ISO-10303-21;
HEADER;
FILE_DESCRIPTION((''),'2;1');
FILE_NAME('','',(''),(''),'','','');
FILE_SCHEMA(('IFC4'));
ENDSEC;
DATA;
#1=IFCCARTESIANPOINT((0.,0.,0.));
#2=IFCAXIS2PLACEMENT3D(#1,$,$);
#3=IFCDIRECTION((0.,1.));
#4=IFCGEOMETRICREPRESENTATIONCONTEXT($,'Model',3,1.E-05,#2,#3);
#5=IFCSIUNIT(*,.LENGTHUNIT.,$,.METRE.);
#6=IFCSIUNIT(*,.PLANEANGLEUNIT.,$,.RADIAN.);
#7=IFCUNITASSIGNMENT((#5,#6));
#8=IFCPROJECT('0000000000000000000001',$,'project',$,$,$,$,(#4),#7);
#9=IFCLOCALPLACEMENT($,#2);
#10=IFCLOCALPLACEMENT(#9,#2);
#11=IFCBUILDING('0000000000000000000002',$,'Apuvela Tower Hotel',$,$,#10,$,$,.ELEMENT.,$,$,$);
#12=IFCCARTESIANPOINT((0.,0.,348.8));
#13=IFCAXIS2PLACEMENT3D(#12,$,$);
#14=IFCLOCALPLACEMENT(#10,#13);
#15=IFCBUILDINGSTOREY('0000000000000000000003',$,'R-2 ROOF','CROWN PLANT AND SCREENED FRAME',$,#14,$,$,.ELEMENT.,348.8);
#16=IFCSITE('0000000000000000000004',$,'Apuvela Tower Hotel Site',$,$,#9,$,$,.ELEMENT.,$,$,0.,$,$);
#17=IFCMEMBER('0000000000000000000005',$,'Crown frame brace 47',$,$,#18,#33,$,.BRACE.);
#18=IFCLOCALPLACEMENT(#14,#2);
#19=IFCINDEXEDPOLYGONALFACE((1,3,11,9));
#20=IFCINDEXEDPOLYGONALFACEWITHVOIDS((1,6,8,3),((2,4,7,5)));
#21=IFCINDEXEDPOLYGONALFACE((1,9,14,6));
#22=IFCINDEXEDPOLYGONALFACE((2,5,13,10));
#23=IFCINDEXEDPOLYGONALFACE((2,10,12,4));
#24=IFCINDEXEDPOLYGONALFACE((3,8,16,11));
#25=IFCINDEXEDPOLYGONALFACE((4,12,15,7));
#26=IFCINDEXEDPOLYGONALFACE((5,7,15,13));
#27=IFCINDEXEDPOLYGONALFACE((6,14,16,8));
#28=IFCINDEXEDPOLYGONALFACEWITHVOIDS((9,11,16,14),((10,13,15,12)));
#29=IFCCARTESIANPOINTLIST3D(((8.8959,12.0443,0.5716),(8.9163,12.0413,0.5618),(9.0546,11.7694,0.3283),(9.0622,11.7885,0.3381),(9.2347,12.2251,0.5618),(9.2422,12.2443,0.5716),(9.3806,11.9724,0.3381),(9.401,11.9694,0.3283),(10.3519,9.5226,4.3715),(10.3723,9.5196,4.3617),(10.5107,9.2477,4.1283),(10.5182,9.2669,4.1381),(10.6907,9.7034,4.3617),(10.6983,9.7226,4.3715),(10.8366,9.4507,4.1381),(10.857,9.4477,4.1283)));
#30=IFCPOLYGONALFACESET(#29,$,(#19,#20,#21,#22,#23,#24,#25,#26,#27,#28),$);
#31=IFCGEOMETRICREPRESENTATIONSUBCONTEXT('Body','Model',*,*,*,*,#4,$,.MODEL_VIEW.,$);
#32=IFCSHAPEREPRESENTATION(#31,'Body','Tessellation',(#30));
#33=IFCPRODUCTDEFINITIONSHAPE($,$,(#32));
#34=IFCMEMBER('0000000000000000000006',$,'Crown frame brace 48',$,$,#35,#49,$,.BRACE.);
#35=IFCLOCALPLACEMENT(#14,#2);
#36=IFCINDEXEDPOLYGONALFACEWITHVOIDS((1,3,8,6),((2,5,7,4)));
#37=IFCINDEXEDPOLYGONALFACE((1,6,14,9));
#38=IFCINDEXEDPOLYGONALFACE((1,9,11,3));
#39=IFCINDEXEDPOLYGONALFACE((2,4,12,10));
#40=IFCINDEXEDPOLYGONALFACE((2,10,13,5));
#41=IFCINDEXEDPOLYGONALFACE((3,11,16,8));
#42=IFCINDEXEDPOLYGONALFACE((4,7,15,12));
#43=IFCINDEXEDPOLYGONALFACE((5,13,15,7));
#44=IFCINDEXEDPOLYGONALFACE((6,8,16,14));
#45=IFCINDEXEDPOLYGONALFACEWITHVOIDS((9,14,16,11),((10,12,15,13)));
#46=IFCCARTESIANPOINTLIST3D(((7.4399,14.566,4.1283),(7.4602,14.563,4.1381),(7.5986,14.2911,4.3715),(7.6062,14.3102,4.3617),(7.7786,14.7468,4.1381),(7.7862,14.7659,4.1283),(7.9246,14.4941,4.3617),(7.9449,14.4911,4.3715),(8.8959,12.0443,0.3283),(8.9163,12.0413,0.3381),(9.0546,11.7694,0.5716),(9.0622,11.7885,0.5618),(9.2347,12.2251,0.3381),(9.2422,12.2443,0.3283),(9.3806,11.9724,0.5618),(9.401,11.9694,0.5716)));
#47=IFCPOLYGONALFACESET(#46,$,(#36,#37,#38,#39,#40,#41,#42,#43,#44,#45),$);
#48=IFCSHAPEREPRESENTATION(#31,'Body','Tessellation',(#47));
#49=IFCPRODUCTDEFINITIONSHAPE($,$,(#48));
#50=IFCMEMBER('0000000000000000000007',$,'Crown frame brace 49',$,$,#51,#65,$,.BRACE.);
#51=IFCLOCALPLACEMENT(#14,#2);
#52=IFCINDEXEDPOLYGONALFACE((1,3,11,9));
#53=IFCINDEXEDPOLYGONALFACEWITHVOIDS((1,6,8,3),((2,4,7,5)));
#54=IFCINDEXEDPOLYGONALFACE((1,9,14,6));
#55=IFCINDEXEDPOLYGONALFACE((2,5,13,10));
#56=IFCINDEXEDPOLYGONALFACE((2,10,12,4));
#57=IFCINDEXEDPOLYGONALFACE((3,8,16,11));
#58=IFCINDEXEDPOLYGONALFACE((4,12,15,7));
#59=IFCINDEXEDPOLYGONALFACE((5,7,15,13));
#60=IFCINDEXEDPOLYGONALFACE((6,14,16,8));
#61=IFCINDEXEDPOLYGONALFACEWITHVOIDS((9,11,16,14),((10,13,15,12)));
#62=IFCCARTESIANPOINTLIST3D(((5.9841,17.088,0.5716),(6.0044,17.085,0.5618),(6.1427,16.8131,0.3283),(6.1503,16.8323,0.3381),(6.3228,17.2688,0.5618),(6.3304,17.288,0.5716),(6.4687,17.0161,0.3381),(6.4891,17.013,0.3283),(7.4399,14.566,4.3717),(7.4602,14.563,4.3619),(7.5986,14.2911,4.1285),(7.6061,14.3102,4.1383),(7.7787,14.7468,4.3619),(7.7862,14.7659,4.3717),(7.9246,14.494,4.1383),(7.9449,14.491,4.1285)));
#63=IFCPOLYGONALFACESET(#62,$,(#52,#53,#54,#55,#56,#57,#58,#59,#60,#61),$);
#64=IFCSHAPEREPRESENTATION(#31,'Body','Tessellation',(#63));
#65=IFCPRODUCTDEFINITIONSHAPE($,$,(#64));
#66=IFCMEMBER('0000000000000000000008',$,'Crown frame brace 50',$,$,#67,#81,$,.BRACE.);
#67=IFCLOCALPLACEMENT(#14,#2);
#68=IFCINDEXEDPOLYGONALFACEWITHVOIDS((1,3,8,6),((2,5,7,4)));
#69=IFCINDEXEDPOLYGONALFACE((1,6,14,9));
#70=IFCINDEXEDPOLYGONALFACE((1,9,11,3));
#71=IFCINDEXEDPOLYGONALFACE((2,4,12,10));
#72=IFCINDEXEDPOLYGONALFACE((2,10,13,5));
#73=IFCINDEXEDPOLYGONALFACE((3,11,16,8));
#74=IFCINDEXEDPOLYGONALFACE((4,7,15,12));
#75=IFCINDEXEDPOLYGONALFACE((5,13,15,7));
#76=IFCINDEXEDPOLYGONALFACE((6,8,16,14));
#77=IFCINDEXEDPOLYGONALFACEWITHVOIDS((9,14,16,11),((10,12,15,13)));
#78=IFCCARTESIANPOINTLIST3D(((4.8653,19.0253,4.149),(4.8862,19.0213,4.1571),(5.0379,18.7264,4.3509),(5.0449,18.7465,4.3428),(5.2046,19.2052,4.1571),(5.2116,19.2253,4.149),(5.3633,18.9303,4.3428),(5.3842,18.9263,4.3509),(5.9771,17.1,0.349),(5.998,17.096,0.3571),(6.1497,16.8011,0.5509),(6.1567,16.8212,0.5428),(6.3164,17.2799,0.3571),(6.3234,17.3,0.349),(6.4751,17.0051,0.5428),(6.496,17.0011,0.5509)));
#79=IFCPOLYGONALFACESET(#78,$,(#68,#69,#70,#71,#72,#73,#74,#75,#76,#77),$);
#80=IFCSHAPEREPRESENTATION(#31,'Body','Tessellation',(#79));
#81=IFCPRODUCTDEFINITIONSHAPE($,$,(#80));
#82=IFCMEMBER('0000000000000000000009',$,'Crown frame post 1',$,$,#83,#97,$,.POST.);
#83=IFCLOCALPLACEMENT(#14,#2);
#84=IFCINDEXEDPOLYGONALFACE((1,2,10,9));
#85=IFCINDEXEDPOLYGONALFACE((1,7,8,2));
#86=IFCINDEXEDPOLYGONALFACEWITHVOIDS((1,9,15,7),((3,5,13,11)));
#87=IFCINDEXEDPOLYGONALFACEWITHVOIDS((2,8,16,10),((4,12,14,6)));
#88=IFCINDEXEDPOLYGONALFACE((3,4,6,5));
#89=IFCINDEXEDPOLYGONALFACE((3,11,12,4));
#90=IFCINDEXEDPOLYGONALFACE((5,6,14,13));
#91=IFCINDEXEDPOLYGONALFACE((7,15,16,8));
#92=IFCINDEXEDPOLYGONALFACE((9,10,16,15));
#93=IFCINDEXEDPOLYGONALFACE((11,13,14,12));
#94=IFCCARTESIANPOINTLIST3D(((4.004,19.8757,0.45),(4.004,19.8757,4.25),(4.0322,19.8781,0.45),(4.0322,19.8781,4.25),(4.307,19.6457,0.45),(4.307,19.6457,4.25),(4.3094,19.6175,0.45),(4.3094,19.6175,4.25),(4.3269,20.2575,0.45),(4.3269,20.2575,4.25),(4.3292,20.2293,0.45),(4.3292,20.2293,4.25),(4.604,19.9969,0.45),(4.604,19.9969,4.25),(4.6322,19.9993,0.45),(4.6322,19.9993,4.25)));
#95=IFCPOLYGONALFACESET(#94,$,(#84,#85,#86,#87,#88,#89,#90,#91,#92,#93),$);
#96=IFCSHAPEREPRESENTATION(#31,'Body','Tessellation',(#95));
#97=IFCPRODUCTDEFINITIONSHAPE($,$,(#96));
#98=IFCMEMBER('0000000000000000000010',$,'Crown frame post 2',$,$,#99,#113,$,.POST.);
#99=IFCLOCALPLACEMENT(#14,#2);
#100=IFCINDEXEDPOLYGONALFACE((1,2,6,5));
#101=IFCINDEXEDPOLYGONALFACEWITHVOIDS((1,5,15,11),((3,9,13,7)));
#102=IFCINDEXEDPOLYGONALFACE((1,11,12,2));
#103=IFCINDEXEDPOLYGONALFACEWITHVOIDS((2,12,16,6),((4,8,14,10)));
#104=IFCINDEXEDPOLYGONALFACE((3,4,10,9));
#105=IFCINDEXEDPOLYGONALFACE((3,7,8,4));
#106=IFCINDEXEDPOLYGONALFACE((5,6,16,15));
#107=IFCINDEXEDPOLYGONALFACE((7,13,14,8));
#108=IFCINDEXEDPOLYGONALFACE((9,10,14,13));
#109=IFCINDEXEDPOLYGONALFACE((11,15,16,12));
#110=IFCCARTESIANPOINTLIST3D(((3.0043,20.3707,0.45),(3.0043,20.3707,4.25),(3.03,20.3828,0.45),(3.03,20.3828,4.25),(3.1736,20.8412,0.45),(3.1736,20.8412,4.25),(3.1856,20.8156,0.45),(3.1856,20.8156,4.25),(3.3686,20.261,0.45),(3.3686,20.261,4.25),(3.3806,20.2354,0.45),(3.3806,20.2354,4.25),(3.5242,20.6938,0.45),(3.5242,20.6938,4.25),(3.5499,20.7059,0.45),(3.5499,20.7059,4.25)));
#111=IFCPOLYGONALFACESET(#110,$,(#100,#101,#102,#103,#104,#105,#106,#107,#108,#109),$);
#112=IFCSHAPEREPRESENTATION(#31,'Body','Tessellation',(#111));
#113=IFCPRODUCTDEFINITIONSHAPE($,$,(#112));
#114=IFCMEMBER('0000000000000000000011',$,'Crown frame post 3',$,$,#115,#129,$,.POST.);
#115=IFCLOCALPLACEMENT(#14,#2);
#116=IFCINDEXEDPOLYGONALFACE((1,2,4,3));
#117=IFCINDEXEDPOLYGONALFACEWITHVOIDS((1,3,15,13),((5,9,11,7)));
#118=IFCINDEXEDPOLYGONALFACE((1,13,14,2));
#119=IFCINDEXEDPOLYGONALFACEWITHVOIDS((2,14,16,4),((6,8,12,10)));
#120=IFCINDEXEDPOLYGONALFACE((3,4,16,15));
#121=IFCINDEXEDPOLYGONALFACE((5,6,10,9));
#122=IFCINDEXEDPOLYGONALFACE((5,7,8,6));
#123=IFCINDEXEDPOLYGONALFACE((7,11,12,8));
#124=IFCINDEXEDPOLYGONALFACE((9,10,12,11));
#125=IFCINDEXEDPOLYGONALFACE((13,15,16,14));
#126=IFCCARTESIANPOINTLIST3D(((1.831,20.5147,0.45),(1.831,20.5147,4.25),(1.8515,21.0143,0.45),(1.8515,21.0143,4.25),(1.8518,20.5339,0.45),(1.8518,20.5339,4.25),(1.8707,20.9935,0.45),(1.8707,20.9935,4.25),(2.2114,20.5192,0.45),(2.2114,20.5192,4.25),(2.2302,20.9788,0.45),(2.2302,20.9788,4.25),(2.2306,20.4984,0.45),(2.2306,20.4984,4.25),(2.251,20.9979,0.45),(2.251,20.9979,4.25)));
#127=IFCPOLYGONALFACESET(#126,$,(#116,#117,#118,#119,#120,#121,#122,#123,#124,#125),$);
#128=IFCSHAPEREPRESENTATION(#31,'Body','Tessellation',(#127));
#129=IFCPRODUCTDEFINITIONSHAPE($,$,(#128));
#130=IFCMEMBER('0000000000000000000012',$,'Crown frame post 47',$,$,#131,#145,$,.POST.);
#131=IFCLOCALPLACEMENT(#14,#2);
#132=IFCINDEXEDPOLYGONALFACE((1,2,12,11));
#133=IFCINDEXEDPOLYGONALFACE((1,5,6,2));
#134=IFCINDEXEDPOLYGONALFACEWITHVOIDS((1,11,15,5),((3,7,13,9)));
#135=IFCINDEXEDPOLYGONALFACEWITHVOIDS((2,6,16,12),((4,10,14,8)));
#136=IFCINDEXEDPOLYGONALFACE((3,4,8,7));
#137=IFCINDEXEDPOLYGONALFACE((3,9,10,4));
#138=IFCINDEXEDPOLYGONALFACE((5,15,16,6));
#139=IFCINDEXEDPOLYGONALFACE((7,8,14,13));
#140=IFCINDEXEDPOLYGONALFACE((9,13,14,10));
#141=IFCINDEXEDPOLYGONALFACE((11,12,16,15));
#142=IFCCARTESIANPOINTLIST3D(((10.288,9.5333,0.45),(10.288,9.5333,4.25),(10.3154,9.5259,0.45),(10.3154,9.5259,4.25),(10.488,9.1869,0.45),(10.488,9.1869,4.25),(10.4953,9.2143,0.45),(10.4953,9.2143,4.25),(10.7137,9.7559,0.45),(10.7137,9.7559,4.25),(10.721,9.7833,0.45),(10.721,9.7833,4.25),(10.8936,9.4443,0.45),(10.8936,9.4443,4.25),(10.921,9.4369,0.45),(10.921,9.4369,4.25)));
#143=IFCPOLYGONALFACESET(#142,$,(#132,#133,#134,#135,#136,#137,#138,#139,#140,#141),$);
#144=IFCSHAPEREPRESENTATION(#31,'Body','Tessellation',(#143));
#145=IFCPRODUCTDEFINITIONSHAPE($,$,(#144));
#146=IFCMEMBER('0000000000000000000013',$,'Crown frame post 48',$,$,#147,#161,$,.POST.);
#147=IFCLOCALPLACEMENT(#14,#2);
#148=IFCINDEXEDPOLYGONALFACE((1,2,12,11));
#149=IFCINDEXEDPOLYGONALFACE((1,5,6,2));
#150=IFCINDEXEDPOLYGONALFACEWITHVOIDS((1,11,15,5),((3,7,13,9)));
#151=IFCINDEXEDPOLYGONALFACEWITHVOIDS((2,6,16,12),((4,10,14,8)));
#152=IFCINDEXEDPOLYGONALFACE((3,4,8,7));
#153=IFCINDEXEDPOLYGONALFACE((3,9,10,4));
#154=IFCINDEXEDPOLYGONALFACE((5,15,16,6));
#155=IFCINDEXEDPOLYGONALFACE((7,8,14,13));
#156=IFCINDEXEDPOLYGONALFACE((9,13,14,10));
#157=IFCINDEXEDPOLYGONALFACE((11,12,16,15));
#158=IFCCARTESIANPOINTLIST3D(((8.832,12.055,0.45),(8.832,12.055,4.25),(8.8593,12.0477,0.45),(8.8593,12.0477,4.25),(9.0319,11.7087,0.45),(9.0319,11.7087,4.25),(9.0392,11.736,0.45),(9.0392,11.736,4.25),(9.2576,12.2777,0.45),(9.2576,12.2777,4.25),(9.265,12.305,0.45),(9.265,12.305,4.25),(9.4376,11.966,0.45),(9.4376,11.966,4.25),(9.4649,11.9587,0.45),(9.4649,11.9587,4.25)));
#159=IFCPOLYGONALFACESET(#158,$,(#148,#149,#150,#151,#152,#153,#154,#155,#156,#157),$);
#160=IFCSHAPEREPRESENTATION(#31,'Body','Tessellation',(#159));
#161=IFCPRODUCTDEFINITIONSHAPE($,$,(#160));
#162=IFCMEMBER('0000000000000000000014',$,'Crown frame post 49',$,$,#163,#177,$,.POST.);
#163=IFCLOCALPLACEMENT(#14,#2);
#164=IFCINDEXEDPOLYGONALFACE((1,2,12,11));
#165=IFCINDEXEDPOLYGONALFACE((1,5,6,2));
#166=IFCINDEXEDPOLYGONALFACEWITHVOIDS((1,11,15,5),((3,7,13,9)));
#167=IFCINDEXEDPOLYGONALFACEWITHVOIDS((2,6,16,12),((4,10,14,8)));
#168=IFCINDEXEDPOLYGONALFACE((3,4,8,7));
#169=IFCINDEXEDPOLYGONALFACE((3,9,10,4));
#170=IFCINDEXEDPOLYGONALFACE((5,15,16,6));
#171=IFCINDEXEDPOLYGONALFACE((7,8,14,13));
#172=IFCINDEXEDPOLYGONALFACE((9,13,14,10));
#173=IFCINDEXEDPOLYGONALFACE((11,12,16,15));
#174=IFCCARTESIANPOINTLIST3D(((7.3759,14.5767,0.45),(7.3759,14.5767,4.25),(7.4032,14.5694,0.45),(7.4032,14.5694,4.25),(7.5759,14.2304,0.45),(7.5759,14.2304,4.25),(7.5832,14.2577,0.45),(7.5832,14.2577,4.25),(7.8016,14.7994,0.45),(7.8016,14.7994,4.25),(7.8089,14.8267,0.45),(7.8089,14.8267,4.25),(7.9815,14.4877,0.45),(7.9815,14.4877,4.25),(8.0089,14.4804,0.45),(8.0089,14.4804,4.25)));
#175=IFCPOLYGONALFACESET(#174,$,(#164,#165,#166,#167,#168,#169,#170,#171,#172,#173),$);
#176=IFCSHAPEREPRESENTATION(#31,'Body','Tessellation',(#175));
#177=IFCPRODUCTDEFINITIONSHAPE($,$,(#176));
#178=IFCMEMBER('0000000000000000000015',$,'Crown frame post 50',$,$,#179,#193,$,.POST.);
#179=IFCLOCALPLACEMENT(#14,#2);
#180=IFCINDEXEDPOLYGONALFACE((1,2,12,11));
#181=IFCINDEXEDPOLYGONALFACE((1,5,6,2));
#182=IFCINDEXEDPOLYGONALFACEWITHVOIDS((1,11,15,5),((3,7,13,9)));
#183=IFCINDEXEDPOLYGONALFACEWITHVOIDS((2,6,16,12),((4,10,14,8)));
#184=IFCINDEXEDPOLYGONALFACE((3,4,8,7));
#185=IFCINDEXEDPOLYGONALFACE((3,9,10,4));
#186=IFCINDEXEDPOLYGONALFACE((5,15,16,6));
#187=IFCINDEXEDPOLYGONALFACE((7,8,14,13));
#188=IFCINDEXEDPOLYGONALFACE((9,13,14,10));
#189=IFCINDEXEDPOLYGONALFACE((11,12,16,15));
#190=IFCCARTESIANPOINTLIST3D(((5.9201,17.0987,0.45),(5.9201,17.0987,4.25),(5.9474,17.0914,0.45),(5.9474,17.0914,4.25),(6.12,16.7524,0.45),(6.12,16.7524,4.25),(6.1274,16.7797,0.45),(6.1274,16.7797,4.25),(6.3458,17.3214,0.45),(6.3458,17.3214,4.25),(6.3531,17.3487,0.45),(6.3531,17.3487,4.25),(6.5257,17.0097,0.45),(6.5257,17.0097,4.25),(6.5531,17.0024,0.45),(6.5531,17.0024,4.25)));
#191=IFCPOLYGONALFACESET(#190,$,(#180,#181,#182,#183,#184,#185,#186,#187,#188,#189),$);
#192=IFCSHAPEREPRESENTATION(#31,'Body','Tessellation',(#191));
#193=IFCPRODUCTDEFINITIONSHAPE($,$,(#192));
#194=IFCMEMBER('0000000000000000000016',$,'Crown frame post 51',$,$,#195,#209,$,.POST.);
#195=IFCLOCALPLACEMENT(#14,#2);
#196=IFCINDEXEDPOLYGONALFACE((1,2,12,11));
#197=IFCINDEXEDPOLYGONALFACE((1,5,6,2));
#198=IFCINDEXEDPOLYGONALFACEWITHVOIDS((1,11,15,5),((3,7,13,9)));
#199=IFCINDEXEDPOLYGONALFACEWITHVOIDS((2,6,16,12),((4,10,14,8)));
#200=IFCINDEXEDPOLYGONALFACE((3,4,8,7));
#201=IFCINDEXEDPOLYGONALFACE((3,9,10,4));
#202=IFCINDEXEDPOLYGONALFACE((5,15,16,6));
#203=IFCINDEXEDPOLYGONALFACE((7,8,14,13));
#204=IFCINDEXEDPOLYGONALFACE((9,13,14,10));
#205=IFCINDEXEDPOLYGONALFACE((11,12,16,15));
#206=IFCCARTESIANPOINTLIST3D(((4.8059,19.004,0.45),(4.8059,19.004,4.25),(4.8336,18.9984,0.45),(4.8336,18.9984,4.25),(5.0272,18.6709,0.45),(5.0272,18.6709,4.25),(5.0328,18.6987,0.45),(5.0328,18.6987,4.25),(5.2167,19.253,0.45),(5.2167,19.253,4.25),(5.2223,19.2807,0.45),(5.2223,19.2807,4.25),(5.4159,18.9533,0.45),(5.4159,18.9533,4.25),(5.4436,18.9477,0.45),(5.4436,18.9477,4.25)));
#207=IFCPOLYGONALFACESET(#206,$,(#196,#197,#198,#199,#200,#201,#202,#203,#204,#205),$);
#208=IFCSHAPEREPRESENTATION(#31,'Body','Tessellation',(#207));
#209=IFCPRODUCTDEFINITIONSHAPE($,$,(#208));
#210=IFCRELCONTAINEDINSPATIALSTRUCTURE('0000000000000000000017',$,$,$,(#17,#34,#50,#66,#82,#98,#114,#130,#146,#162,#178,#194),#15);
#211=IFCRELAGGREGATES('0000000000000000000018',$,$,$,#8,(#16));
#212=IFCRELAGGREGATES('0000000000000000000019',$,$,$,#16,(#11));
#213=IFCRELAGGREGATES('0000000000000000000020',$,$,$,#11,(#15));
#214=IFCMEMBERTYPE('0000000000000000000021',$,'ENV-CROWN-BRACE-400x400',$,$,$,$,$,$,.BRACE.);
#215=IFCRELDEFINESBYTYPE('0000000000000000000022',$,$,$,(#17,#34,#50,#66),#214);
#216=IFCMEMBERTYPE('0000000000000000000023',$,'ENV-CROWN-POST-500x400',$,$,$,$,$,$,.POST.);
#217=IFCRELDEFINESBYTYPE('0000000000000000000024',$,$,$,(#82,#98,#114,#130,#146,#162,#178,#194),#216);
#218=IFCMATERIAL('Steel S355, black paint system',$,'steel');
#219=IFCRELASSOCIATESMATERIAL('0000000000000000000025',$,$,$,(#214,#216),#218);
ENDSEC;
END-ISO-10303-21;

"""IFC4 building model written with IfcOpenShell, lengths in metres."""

from ifc_helpers import new_model, si_unit, direction, frame, origin, origin_2d, place, context, subcontext, project, spatial, hollow_rectangle, extrude, material, material_profile, profile_set, type_object, element, save


model = new_model("IFC4")

# Units and contexts
model_context = context("Model", 3, precision=1e-05, world=origin(), true_north=direction((0.0, 1.0)))
body_context = subcontext(model_context, "Body", "Model", "MODEL_VIEW")
ifc_project = project(units=[si_unit("LENGTHUNIT", "METRE"), si_unit("PLANEANGLEUNIT", "RADIAN")], contexts=[model_context])

# Site, building, storey
site_placement = place(None, origin())
site = spatial("IfcSite", under=ifc_project, at=site_placement, Name="Apuvela Tower Hotel Site", CompositionType="ELEMENT", RefElevation=0.0)
building_placement = place(site_placement, origin())
building = spatial("IfcBuilding", under=site, at=building_placement, Name="Apuvela Tower Hotel", CompositionType="ELEMENT")
storey_placement = place(building_placement, frame((0.0, 0.0, 348.8)))
storey = spatial("IfcBuildingStorey", under=building, at=storey_placement, Name="R-2 ROOF", Description="CROWN PLANT AND SCREENED FRAME", CompositionType="ELEMENT", Elevation=348.8)

# Members
ifc_material_1 = material(Name="Steel S355, black paint system", Category="steel")
ifc_material_profile_1 = material_profile(ifc_material_1, hollow_rectangle(XDim=0.3999, YDim=0.3999, WallThickness=0.0161, at=origin_2d()), Name="HSS 400x400x16")
ifc_profile_set_1 = profile_set([ifc_material_profile_1], Name="Steel S355, black paint system")
member_type_1 = type_object("IfcMemberType", Name="ENV-CROWN-BRACE-400x400", PredefinedType="BRACE", material=ifc_profile_set_1)
for number, where, z_axis, x_axis, name in (
    (1, (9.1484, 12.0068, 0.45), (0.304141, -0.526738, 0.793754), (0.866005, 0.500035, 0.0), "Crown frame brace 47"),
    (2, (9.1484, 12.0068, 0.45), (-0.304141, 0.526738, 0.793754), (-0.866005, -0.500035, 0.0), "Crown frame brace 48"),
):
    element("IfcMember", number, at=place(storey_placement, frame(where, z_axis=z_axis, x_axis=x_axis)), inside=storey, type_object=member_type_1, Name=name, PredefinedType="BRACE", context=body_context, shape_type="SweptSolid", body=[
        extrude(hollow_rectangle(XDim=0.3999, YDim=0.3999, WallThickness=0.0161, at=origin_2d()), origin(), (0.0, 0.0, 1.0), 4.7874),
    ])
member_1_placement = place(storey_placement, frame((6.2366, 17.0505, 0.45), z_axis=(0.304086, -0.526783, 0.793745), x_axis=(0.866063, 0.499935, 0.0)))
element("IfcMember", 3, at=member_1_placement, inside=storey, type_object=member_type_1, Name="Crown frame brace 49", PredefinedType="BRACE", context=body_context, shape_type="SweptSolid", body=[
    extrude(hollow_rectangle(XDim=0.3999, YDim=0.3999, WallThickness=0.0161, at=origin_2d()), origin(), (0.0, 0.0, 1.0), 4.7876),
])
member_2_placement = place(storey_placement, frame((6.2366, 17.0505, 0.45), z_axis=(-0.252534, 0.437304, 0.863129), x_axis=(-0.865977, -0.500084, 0.0)))
element("IfcMember", 4, at=member_2_placement, inside=storey, type_object=member_type_1, Name="Crown frame brace 50", PredefinedType="BRACE", context=body_context, shape_type="SweptSolid", body=[
    extrude(hollow_rectangle(XDim=0.3999, YDim=0.3999, WallThickness=0.0161, at=origin_2d()), origin(), (0.0, 0.0, 1.0), 4.4026),
])
ifc_material_profile_2 = material_profile(ifc_material_1, hollow_rectangle(XDim=0.3999, YDim=0.5, WallThickness=0.02, at=origin_2d()), Name="HSS 500x400x20")
ifc_profile_set_2 = profile_set([ifc_material_profile_2], Name="Steel S355, black paint system")
member_type_2 = type_object("IfcMemberType", Name="ENV-CROWN-POST-500x400", PredefinedType="POST", material=ifc_profile_set_2)
for number, where, z_axis, x_axis, name in (
    (5, (4.3181, 19.9375, 0.45), (0.0, 0.0, 1.0), (-0.76358, 0.645714, 0.0), "Crown frame post 1"),
    (6, (3.2771, 20.5383, 0.45), (0.0, 0.0, 1.0), (-0.940994, 0.338423, 0.0), "Crown frame post 2"),
    (7, (2.041, 20.7563, 0.45), (0.0, 0.0, 1.0), (-0.999161, 0.040951, 0.0), "Crown frame post 3"),
    (8, (10.6045, 9.4851, 0.45), (0.0, 0.0, 1.0), (-0.5, 0.866025, 0.0), "Crown frame post 47"),
    (9, (9.1484, 12.0068, 0.45), (0.0, 0.0, 1.0), (-0.5, 0.866025, 0.0), "Crown frame post 48"),
    (10, (7.6924, 14.5286, 0.45), (0.0, 0.0, 1.0), (-0.5, 0.866025, 0.0), "Crown frame post 49"),
    (11, (6.2366, 17.0505, 0.45), (0.0, 0.0, 1.0), (-0.5, 0.866025, 0.0), "Crown frame post 50"),
    (12, (5.1248, 18.9758, 0.45), (0.0, 0.0, 1.0), (-0.553467, 0.832871, 0.0), "Crown frame post 51"),
):
    element("IfcMember", number, at=place(storey_placement, frame(where, z_axis=z_axis, x_axis=x_axis)), inside=storey, type_object=member_type_2, Name=name, PredefinedType="POST", context=body_context, shape_type="SweptSolid", body=[
        extrude(hollow_rectangle(XDim=0.3999, YDim=0.5, WallThickness=0.02, at=origin_2d()), origin(), (0.0, 0.0, 1.0), 3.8),
    ])

save(model, "model.ifc")
